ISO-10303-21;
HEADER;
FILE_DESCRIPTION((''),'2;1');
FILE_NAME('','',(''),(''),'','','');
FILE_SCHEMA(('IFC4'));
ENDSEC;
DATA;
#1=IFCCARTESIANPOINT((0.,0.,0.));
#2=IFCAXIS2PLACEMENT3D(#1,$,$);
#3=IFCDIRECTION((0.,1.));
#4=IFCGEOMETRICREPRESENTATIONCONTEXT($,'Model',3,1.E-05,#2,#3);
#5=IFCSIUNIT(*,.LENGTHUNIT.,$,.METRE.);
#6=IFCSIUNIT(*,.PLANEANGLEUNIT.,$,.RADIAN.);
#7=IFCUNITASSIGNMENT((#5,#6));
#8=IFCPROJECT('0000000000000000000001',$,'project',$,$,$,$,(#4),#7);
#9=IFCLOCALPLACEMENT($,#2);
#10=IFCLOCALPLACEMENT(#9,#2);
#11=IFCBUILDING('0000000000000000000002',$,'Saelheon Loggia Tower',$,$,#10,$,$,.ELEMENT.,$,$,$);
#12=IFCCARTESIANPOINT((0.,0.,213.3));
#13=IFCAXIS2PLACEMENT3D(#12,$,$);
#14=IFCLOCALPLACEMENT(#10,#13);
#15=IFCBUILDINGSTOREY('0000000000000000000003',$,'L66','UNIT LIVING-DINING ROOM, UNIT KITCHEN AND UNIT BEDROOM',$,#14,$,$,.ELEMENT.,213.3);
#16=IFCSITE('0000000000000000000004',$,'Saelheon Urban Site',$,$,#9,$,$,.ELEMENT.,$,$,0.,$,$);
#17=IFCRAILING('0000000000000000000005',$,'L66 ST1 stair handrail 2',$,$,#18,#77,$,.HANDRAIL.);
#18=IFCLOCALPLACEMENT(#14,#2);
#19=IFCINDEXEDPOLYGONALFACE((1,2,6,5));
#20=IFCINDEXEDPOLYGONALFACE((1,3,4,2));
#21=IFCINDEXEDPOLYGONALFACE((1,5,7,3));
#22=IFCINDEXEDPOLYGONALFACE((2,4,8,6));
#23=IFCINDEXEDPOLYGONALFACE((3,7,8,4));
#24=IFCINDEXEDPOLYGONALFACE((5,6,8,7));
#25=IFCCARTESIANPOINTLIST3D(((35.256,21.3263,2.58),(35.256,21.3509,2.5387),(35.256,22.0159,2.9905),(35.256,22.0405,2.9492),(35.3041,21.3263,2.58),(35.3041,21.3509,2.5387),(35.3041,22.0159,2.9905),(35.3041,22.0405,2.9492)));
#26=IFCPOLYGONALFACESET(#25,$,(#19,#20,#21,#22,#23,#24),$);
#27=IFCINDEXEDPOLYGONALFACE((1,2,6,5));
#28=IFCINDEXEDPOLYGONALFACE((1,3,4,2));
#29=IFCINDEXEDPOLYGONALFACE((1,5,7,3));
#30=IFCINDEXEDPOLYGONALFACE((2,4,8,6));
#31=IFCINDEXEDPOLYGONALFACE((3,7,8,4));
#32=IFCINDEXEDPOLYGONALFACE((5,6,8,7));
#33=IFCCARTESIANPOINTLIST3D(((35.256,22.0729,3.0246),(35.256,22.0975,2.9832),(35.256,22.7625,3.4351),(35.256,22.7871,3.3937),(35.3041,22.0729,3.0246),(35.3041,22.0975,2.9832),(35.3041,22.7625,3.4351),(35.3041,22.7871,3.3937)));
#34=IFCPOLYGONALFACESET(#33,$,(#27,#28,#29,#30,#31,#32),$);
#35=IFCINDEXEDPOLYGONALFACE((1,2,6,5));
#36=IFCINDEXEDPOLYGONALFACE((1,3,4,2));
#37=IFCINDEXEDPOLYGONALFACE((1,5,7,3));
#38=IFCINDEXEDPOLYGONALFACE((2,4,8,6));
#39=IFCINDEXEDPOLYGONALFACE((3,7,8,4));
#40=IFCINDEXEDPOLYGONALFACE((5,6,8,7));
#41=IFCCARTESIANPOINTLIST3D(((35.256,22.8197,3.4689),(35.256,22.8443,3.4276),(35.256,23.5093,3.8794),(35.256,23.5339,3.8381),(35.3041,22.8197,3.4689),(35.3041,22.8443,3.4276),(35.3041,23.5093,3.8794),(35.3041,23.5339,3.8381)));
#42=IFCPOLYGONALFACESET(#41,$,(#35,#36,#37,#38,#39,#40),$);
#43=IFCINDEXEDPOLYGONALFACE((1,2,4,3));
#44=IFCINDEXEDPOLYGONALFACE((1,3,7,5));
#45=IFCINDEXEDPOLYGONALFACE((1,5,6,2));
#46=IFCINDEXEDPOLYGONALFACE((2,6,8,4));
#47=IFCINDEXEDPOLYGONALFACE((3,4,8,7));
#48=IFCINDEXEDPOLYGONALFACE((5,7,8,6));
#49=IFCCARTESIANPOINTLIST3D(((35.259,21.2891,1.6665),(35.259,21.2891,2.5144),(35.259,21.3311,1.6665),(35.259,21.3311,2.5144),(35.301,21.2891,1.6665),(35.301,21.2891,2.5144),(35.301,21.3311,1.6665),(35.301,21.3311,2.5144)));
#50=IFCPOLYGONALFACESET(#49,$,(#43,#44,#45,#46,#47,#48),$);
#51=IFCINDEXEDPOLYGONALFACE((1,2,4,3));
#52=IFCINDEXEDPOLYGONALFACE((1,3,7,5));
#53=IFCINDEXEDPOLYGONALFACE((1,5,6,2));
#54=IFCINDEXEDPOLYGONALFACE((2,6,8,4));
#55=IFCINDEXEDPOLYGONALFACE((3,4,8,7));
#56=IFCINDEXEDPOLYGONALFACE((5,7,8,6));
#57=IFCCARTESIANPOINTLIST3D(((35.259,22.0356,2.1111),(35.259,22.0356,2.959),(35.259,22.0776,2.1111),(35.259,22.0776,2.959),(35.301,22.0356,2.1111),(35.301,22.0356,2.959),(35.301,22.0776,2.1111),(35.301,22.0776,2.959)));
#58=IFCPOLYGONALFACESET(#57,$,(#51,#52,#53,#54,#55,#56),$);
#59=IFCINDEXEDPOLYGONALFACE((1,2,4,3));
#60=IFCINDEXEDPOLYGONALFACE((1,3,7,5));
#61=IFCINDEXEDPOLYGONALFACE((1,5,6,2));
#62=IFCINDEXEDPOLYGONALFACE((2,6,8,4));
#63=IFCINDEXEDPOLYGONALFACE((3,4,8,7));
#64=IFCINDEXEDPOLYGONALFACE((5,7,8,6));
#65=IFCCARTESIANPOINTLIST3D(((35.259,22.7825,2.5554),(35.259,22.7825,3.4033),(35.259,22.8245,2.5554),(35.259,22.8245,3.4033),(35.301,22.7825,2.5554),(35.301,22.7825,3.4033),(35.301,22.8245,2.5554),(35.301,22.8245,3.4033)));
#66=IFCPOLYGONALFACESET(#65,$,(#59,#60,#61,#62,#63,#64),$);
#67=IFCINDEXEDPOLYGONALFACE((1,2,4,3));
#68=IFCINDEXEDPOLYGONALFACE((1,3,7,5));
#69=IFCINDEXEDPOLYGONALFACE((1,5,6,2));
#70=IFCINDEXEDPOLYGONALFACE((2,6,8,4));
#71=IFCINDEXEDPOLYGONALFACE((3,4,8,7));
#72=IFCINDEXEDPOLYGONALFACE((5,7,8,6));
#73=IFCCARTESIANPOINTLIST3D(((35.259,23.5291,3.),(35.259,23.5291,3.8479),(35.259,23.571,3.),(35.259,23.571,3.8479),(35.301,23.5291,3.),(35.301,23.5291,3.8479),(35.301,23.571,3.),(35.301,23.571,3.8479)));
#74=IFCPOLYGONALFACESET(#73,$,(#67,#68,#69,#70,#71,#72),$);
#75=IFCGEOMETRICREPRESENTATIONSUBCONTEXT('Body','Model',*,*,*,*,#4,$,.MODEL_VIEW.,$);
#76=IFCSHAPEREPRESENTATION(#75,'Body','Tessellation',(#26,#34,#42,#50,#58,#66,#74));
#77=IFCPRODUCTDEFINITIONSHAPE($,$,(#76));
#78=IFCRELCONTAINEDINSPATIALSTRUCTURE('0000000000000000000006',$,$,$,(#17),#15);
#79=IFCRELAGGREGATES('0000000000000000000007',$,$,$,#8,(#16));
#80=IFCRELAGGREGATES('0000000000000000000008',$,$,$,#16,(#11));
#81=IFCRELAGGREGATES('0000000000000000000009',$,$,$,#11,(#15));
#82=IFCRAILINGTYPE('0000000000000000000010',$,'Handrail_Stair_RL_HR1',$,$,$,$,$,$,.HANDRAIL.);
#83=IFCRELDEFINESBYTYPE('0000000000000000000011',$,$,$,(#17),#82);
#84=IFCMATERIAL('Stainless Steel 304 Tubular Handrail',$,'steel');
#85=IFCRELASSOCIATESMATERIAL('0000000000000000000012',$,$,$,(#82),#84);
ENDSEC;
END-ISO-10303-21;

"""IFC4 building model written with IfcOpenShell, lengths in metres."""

from ifc_helpers import new_model, si_unit, direction, frame, origin, origin_2d, place, context, subcontext, project, spatial, rectangle, extrude, material, type_object, element, save


model = new_model("IFC4")

# Units and contexts
model_context = context("Model", 3, precision=1e-05, world=origin(), true_north=direction((0.0, 1.0)))
body_context = subcontext(model_context, "Body", "Model", "MODEL_VIEW")
ifc_project = project(units=[si_unit("LENGTHUNIT", "METRE"), si_unit("PLANEANGLEUNIT", "RADIAN")], contexts=[model_context])

# Site, building, storey
site_placement = place(None, origin())
site = spatial("IfcSite", under=ifc_project, at=site_placement, Name="Saelheon Urban Site", CompositionType="ELEMENT", RefElevation=0.0)
building_placement = place(site_placement, origin())
building = spatial("IfcBuilding", under=site, at=building_placement, Name="Saelheon Loggia Tower", CompositionType="ELEMENT")
storey_placement = place(building_placement, frame((0.0, 0.0, 213.3)))
storey = spatial("IfcBuildingStorey", under=building, at=storey_placement, Name="L66", Description="UNIT LIVING-DINING ROOM, UNIT KITCHEN AND UNIT BEDROOM", CompositionType="ELEMENT", Elevation=213.3)

# Railing
ifc_material_1 = material(Name="Stainless Steel 304 Tubular Handrail", Category="steel")
railing_type_1 = type_object("IfcRailingType", Name="Handrail_Stair_RL_HR1", PredefinedType="HANDRAIL", material=ifc_material_1)
railing_1_placement = place(storey_placement, frame((35.28, 21.3101, 1.6665)))
element("IfcRailing", 1, at=railing_1_placement, inside=storey, type_object=railing_type_1, Name="L66 ST1 stair handrail 2", PredefinedType="HANDRAIL", context=body_context, shape_type="SweptSolid", body=[
    extrude(rectangle(XDim=0.0481, YDim=0.0481, at=origin_2d()), frame((0.0, 0.0286, 0.8928), z_axis=(0.0, 0.859264, 0.511532), x_axis=(-1.0, 0.0, 0.0)), (0.0, 0.0, 1.0), 0.8025),
    extrude(rectangle(XDim=0.0481, YDim=0.0481, at=origin_2d()), frame((0.0, 0.7751, 1.3374), z_axis=(0.0, 0.859264, 0.511532), x_axis=(-1.0, 0.0, 0.0)), (0.0, 0.0, 1.0), 0.8025),
    extrude(rectangle(XDim=0.0481, YDim=0.0481, at=origin_2d()), frame((0.0, 1.522, 1.7817), z_axis=(0.0, 0.859264, 0.511532), x_axis=(-1.0, 0.0, 0.0)), (0.0, 0.0, 1.0), 0.8025),
    extrude(rectangle(XDim=0.042, YDim=0.042, at=origin_2d()), origin(), (0.0, 0.0, 1.0), 0.8479),
    extrude(rectangle(XDim=0.042, YDim=0.042, at=origin_2d()), frame((0.0, 0.7466, 0.4446)), (0.0, 0.0, 1.0), 0.8479),
    extrude(rectangle(XDim=0.042, YDim=0.042, at=origin_2d()), frame((0.0, 1.4934, 0.8889)), (0.0, 0.0, 1.0), 0.8479),
    extrude(rectangle(XDim=0.042, YDim=0.042, at=origin_2d()), frame((0.0, 2.24, 1.3335)), (0.0, 0.0, 1.0), 0.8479),
])

save(model, "model.ifc")
